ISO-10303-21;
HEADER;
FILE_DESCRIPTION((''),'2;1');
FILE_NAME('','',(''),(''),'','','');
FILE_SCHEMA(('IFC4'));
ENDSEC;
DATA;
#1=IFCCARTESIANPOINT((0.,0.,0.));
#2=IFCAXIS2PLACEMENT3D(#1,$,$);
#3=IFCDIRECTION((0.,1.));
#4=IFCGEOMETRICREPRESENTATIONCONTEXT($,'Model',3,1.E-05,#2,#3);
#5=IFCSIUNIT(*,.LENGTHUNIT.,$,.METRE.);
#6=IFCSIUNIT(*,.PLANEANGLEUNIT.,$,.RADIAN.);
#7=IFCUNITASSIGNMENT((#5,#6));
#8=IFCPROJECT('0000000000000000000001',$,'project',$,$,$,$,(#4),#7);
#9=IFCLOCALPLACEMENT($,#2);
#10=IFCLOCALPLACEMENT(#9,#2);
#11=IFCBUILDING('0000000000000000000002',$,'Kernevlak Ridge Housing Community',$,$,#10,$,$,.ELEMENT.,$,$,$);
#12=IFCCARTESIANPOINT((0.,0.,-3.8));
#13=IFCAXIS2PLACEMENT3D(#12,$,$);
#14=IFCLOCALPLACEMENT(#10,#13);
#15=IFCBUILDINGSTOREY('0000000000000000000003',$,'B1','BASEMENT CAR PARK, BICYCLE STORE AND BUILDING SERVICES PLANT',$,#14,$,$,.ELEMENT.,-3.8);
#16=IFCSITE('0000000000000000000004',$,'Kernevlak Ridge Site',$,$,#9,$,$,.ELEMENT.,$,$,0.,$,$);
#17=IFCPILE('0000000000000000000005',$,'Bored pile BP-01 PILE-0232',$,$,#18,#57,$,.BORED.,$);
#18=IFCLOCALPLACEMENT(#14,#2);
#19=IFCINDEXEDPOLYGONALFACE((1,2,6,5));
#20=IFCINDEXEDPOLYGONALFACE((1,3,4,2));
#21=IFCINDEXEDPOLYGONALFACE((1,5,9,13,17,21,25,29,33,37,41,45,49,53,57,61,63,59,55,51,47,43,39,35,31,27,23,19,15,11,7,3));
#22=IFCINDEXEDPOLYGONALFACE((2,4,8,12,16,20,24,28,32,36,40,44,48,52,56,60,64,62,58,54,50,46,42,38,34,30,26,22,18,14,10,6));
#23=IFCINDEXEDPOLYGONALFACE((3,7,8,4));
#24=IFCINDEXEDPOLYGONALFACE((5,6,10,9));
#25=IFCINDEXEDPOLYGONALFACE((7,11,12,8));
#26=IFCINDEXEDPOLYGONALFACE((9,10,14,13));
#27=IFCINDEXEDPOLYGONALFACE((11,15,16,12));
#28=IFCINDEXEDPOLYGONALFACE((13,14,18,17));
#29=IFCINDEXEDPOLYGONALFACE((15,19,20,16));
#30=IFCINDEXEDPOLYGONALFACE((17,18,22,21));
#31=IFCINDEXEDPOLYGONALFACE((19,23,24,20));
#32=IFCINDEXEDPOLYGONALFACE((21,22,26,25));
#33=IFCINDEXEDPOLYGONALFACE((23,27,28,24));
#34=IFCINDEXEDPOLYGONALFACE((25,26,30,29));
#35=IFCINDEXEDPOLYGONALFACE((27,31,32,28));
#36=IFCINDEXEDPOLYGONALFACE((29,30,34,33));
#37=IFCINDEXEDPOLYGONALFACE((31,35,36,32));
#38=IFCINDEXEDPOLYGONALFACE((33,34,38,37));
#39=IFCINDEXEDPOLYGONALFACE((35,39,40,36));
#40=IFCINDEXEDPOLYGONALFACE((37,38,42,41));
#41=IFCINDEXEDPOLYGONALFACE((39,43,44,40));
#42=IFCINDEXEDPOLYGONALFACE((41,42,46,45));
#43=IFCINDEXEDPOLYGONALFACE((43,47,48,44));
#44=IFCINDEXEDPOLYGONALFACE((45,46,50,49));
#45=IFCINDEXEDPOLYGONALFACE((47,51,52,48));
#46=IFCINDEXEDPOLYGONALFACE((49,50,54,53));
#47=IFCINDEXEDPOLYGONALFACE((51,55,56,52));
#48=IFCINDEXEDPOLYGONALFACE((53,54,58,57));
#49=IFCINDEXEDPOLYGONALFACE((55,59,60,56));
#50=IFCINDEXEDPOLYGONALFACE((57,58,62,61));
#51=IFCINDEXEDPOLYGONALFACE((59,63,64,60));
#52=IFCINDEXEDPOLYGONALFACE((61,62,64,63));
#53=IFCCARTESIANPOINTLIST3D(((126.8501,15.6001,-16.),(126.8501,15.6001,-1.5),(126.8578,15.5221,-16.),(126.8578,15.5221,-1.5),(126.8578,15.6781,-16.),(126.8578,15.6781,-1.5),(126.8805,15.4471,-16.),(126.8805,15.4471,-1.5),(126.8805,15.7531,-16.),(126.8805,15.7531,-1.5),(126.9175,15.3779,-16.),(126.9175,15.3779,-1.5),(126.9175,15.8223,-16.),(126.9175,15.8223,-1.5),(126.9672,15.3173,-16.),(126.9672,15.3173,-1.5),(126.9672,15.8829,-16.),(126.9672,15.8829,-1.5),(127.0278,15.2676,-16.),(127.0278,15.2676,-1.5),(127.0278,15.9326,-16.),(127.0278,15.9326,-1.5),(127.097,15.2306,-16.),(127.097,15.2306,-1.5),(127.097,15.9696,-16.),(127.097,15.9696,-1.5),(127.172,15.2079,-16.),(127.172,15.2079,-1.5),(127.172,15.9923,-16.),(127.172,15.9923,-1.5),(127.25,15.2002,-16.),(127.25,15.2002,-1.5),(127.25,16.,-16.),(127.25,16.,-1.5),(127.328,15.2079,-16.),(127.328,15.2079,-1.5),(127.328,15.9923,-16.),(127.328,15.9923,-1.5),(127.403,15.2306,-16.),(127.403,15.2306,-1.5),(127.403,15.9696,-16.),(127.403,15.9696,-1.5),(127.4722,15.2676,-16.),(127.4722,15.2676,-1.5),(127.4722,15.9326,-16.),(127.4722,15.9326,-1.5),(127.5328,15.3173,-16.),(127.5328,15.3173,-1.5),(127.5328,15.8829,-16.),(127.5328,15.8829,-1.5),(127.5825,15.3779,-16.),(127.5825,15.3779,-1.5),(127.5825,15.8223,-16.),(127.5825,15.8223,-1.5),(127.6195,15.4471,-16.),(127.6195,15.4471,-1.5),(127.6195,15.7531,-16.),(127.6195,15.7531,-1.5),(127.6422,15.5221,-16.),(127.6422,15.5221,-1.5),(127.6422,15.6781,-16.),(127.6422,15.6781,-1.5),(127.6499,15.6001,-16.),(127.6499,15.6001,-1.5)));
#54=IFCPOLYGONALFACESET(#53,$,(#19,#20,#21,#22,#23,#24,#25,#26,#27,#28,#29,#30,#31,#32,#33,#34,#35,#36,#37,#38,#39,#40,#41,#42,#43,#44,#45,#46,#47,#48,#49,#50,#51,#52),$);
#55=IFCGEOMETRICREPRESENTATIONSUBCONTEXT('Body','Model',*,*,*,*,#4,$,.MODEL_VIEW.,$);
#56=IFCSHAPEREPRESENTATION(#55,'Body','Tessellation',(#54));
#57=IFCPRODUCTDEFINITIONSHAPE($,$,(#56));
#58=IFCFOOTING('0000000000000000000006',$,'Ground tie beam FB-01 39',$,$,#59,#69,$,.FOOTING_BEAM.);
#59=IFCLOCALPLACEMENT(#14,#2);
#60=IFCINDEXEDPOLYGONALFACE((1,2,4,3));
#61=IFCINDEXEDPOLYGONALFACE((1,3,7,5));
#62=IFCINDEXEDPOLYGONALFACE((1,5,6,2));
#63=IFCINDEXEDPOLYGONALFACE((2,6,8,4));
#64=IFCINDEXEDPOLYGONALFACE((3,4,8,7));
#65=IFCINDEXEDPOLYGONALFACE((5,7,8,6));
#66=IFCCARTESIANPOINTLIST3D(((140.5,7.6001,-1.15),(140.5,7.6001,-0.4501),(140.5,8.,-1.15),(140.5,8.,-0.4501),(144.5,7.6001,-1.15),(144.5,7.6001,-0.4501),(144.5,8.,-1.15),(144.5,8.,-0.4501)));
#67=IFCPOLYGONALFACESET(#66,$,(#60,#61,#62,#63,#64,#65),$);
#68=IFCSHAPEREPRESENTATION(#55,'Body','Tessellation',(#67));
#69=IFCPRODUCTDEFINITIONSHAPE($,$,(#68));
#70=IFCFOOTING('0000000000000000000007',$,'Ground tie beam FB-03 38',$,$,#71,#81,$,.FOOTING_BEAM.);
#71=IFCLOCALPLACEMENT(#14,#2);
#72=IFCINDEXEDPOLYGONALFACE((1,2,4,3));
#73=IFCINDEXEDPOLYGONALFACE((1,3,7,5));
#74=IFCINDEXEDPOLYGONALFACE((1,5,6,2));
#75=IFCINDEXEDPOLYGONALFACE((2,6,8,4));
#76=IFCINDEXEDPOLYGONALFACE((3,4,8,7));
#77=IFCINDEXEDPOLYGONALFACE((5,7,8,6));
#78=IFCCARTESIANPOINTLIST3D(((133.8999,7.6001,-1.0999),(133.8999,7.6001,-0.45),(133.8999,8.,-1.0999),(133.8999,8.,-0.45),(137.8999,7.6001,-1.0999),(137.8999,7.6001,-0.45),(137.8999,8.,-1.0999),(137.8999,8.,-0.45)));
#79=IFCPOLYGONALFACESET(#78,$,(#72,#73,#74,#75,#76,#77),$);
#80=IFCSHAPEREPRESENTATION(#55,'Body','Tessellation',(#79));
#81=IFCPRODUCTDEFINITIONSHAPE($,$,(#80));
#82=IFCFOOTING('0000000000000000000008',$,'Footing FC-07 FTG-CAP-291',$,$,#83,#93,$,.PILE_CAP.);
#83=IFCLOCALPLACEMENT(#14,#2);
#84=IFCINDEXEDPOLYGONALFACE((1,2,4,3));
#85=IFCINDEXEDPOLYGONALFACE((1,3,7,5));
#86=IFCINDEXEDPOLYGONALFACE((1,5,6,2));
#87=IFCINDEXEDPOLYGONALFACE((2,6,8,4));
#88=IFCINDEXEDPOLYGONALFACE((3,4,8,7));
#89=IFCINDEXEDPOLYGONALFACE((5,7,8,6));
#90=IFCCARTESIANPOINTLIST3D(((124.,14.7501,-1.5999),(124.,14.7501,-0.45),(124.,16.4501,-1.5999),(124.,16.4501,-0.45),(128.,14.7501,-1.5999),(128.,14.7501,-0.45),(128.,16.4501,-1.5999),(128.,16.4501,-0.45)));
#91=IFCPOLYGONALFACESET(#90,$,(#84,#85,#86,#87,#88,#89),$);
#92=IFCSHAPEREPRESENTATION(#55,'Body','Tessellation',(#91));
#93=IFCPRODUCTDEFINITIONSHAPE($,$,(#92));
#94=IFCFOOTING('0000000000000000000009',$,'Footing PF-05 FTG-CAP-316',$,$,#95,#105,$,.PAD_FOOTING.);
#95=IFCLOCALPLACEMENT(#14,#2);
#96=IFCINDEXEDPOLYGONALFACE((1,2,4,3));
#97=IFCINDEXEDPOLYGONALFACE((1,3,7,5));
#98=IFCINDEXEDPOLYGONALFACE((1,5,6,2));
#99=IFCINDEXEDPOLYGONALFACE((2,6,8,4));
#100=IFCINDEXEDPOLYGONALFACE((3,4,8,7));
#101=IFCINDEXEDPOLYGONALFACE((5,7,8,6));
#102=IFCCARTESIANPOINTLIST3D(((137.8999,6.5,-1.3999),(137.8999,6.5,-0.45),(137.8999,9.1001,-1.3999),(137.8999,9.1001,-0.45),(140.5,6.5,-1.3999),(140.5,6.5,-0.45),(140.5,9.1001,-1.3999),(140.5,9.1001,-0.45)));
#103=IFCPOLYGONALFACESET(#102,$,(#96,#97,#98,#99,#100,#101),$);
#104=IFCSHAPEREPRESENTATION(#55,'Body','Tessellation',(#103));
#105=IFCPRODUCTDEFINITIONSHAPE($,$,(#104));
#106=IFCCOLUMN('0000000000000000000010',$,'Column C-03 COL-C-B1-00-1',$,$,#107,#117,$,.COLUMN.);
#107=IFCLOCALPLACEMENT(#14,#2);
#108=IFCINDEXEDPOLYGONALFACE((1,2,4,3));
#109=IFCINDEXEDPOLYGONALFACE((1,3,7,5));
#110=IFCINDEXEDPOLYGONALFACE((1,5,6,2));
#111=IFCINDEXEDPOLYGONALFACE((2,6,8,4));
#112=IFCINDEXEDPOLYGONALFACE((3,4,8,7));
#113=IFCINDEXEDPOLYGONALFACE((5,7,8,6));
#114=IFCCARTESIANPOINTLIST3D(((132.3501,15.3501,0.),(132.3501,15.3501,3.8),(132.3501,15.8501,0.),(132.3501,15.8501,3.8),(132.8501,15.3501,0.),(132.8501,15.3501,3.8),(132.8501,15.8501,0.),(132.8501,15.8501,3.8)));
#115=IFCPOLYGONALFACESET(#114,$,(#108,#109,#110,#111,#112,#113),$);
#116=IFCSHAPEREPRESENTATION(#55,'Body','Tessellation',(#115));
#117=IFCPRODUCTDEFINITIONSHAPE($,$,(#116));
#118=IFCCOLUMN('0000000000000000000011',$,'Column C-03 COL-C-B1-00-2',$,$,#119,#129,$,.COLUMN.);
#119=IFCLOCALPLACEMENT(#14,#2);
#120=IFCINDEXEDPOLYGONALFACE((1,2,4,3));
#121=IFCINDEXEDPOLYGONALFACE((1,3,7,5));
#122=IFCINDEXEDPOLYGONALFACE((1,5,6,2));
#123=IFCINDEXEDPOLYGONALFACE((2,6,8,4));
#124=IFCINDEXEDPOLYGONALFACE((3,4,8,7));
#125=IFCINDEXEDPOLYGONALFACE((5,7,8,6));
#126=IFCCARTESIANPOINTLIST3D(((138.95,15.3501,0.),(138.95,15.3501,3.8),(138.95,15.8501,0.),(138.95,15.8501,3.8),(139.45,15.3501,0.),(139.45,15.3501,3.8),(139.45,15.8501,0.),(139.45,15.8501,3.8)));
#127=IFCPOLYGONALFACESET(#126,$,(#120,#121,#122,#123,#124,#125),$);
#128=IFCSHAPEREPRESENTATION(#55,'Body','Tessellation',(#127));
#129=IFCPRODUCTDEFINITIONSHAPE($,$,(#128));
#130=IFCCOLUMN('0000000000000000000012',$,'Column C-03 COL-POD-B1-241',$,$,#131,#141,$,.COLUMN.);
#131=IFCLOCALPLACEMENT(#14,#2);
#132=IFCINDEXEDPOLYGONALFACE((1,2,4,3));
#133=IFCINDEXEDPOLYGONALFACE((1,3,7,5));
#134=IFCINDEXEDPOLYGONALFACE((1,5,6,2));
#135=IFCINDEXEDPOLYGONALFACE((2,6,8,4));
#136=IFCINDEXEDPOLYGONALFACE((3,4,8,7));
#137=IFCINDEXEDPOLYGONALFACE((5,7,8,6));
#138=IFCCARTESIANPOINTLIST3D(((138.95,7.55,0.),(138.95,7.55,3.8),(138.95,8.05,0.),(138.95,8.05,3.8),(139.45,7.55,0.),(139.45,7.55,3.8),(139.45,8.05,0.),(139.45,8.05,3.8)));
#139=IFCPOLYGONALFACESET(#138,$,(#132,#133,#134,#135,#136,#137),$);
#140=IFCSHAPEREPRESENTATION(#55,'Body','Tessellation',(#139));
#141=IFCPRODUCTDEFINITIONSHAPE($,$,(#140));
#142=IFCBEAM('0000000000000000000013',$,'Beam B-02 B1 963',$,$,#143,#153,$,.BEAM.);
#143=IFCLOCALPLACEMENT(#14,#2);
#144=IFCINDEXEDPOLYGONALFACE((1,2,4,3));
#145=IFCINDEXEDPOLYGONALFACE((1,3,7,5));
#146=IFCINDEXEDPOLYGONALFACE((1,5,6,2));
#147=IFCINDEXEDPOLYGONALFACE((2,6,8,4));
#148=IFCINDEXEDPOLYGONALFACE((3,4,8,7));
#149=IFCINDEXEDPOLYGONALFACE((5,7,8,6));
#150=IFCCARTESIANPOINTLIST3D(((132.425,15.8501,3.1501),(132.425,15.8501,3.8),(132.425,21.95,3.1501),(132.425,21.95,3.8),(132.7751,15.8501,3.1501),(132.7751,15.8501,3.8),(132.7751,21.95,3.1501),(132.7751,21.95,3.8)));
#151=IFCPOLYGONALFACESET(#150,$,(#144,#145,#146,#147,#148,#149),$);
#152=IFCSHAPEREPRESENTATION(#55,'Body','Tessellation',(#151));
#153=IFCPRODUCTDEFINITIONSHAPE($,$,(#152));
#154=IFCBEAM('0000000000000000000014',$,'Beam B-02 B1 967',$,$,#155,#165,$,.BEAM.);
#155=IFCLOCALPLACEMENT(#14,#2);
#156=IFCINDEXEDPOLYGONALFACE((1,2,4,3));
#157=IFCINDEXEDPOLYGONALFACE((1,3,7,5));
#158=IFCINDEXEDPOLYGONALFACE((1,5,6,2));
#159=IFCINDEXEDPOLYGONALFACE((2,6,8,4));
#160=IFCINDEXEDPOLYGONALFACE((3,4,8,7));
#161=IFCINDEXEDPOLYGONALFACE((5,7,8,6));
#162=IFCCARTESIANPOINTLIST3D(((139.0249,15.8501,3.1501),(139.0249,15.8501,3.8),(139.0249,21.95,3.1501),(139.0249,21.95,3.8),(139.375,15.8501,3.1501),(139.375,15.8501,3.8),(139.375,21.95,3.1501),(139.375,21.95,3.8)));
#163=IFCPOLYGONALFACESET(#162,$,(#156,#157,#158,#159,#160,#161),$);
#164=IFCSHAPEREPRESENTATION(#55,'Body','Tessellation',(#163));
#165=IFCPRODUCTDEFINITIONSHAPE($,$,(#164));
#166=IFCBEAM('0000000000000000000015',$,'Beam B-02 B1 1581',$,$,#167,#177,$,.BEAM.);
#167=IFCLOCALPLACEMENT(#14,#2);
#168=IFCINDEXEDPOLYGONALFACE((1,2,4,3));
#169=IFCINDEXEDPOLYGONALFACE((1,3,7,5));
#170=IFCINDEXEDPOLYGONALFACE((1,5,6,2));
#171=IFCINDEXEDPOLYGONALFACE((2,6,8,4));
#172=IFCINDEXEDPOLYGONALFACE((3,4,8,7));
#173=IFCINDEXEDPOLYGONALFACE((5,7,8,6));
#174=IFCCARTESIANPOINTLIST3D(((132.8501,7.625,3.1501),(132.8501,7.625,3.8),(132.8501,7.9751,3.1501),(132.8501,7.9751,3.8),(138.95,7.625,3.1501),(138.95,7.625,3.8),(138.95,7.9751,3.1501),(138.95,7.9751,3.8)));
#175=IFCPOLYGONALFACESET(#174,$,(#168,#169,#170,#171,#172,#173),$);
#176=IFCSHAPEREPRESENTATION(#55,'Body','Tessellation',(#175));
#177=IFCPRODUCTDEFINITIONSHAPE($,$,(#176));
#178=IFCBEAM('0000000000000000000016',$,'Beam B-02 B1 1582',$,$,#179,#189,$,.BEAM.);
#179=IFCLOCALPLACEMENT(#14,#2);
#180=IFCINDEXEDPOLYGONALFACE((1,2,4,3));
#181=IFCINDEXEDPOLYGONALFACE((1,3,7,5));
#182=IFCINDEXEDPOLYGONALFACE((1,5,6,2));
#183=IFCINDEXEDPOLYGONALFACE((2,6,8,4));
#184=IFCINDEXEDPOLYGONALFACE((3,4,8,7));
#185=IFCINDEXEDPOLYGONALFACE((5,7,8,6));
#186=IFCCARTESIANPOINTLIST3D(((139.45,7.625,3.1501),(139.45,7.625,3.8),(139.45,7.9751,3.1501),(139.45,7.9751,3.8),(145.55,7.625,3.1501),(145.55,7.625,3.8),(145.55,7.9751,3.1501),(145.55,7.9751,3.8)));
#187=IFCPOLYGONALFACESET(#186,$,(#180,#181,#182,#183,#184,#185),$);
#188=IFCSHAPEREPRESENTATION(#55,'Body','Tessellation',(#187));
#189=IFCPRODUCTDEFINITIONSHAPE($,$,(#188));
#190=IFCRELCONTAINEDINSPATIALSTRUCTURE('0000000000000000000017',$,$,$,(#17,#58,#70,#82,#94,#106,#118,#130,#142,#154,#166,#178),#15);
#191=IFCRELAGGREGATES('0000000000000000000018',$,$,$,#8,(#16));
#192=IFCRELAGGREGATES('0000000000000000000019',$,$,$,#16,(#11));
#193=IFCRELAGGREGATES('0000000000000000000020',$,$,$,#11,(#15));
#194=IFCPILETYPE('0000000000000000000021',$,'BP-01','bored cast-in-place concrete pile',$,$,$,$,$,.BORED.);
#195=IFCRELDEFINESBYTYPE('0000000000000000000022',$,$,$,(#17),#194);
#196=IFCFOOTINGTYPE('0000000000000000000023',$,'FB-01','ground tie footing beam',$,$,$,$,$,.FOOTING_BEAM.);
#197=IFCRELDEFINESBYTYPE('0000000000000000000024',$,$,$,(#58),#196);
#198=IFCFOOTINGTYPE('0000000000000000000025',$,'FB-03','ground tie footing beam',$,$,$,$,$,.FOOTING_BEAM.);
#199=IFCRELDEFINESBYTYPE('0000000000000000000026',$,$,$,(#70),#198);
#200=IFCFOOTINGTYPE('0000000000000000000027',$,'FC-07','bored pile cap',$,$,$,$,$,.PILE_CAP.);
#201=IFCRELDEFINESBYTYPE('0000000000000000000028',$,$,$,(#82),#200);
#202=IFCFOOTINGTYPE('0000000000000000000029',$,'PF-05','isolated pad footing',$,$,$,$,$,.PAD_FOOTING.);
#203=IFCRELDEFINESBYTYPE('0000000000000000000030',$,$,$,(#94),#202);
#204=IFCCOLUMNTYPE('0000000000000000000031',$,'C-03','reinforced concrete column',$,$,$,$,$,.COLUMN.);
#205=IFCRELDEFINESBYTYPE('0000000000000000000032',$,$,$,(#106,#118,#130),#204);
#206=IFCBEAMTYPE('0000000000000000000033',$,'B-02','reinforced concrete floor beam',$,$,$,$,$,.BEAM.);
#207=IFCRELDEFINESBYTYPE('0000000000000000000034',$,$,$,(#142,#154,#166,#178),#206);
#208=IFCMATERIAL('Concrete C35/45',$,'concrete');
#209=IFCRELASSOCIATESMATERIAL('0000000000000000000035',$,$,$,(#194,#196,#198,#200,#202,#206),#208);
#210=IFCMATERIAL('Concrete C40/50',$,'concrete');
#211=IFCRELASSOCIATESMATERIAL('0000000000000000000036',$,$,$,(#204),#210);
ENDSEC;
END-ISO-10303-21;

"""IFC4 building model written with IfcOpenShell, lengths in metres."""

from ifc_helpers import new_model, si_unit, direction, frame, origin, origin_2d, place, context, subcontext, project, spatial, rectangle, circle, extrude, material, material_profile, profile_set, type_object, element, save


model = new_model("IFC4")

# Units and contexts
model_context = context("Model", 3, precision=1e-05, world=origin(), true_north=direction((0.0, 1.0)))
body_context = subcontext(model_context, "Body", "Model", "MODEL_VIEW")
ifc_project = project(units=[si_unit("LENGTHUNIT", "METRE"), si_unit("PLANEANGLEUNIT", "RADIAN")], contexts=[model_context])

# Site, building, storey
site_placement = place(None, origin())
site = spatial("IfcSite", under=ifc_project, at=site_placement, Name="Kernevlak Ridge Site", CompositionType="ELEMENT", RefElevation=0.0)
building_placement = place(site_placement, origin())
building = spatial("IfcBuilding", under=site, at=building_placement, Name="Kernevlak Ridge Housing Community", CompositionType="ELEMENT")
storey_placement = place(building_placement, frame((0.0, 0.0, -3.8)))
storey = spatial("IfcBuildingStorey", under=building, at=storey_placement, Name="B1", Description="BASEMENT CAR PARK, BICYCLE STORE AND BUILDING SERVICES PLANT", CompositionType="ELEMENT", Elevation=-3.8)

# Pile
ifc_material_1 = material(Name="Concrete C35/45", Category="concrete")
ifc_material_profile_1 = material_profile(ifc_material_1, circle(Radius=0.3999, at=origin_2d()), Name="BORED PILE 800")
ifc_profile_set_1 = profile_set([ifc_material_profile_1], Name="Concrete C35/45")
pile_type = type_object("IfcPileType", Name="BP-01", Description="bored cast-in-place concrete pile", PredefinedType="BORED", material=ifc_profile_set_1)
pile_placement = place(storey_placement, frame((127.25, 15.6001, -1.5), z_axis=(0.0, 0.0, -1.0), x_axis=(1.0, 0.0, 0.0)))
element("IfcPile", 1, at=pile_placement, inside=storey, type_object=pile_type, Name="Bored pile BP-01 PILE-0232", PredefinedType="BORED", context=body_context, shape_type="SweptSolid", body=[
    extrude(circle(Radius=0.3999, at=origin_2d()), origin(), (0.0, 0.0, 1.0), 14.5),
])

# Footings
ifc_material_profile_2 = material_profile(ifc_material_1, rectangle(XDim=0.3999, YDim=0.7, at=origin_2d()), Name="RC 400x700")
ifc_profile_set_2 = profile_set([ifc_material_profile_2], Name="Concrete C35/45")
footing_type_1 = type_object("IfcFootingType", Name="FB-01", Description="ground tie footing beam", PredefinedType="FOOTING_BEAM", material=ifc_profile_set_2)
footing_1_placement = place(storey_placement, frame((140.5, 7.8, -0.8), z_axis=(1.0, 0.0, 0.0), x_axis=(0.0, 1.0, 0.0)))
element("IfcFooting", 2, at=footing_1_placement, inside=storey, type_object=footing_type_1, Name="Ground tie beam FB-01 39", PredefinedType="FOOTING_BEAM", context=body_context, shape_type="SweptSolid", body=[
    extrude(rectangle(XDim=0.3999, YDim=0.7, at=origin_2d()), origin(), (0.0, 0.0, 1.0), 4.0),
])
ifc_material_profile_3 = material_profile(ifc_material_1, rectangle(XDim=0.3999, YDim=0.6499, at=origin_2d()), Name="RC 400x650")
ifc_profile_set_3 = profile_set([ifc_material_profile_3], Name="Concrete C35/45")
footing_type_2 = type_object("IfcFootingType", Name="FB-03", Description="ground tie footing beam", PredefinedType="FOOTING_BEAM", material=ifc_profile_set_3)
footing_2_placement = place(storey_placement, frame((133.8999, 7.8, -0.7749), z_axis=(1.0, 0.0, 0.0), x_axis=(0.0, 1.0, 0.0)))
element("IfcFooting", 3, at=footing_2_placement, inside=storey, type_object=footing_type_2, Name="Ground tie beam FB-03 38", PredefinedType="FOOTING_BEAM", context=body_context, shape_type="SweptSolid", body=[
    extrude(rectangle(XDim=0.3999, YDim=0.6499, at=origin_2d()), origin(), (0.0, 0.0, 1.0), 4.0),
])
footing_type_3 = type_object("IfcFootingType", Name="FC-07", Description="bored pile cap", PredefinedType="PILE_CAP", material=ifc_material_1)
footing_3_placement = place(storey_placement, frame((126.0, 15.6001, -1.5999), z_axis=(0.0, 0.0, 1.0), x_axis=(1.0, 0.0, 0.0)))
element("IfcFooting", 4, at=footing_3_placement, inside=storey, type_object=footing_type_3, Name="Footing FC-07 FTG-CAP-291", PredefinedType="PILE_CAP", context=body_context, shape_type="SweptSolid", body=[
    extrude(rectangle(XDim=4.0, YDim=1.7, at=origin_2d()), origin(), (0.0, 0.0, 1.0), 1.1499),
])
footing_type_4 = type_object("IfcFootingType", Name="PF-05", Description="isolated pad footing", PredefinedType="PAD_FOOTING", material=ifc_material_1)
footing_4_placement = place(storey_placement, frame((139.2, 7.8, -1.3999), z_axis=(0.0, 0.0, 1.0), x_axis=(1.0, 0.0, 0.0)))
element("IfcFooting", 5, at=footing_4_placement, inside=storey, type_object=footing_type_4, Name="Footing PF-05 FTG-CAP-316", PredefinedType="PAD_FOOTING", context=body_context, shape_type="SweptSolid", body=[
    extrude(rectangle(XDim=2.6001, YDim=2.6001, at=origin_2d()), origin(), (0.0, 0.0, 1.0), 0.95),
])

# Columns
ifc_material_2 = material(Name="Concrete C40/50", Category="concrete")
ifc_material_profile_4 = material_profile(ifc_material_2, rectangle(XDim=0.5, YDim=0.5, at=origin_2d()), Name="RC 500x500")
ifc_profile_set_4 = profile_set([ifc_material_profile_4], Name="Concrete C40/50")
column_type = type_object("IfcColumnType", Name="C-03", Description="reinforced concrete column", PredefinedType="COLUMN", material=ifc_profile_set_4)
for number, where, z_axis, x_axis, name in (
    (6, (132.6001, 15.6001, 0.0), (0.0, 0.0, 1.0), (1.0, 0.0, 0.0), "Column C-03 COL-C-B1-00-1"),
    (7, (139.2, 15.6001, 0.0), (0.0, 0.0, 1.0), (1.0, 0.0, 0.0), "Column C-03 COL-C-B1-00-2"),
    (8, (139.2, 7.8, 0.0), (0.0, 0.0, 1.0), (1.0, 0.0, 0.0), "Column C-03 COL-POD-B1-241"),
):
    element("IfcColumn", number, at=place(storey_placement, frame(where, z_axis=z_axis, x_axis=x_axis)), inside=storey, type_object=column_type, Name=name, PredefinedType="COLUMN", context=body_context, shape_type="SweptSolid", body=[
        extrude(rectangle(XDim=0.5, YDim=0.5, at=origin_2d()), origin(), (0.0, 0.0, 1.0), 3.8),
    ])

# Beams
ifc_material_profile_5 = material_profile(ifc_material_1, rectangle(XDim=0.3501, YDim=0.6499, at=origin_2d()), Name="RC 350x650")
ifc_profile_set_5 = profile_set([ifc_material_profile_5], Name="Concrete C35/45")
beam_type_1 = type_object("IfcBeamType", Name="B-02", Description="reinforced concrete floor beam", PredefinedType="BEAM", material=ifc_profile_set_5)
for number, where, z_axis, x_axis, name in (
    (9, (132.6001, 15.8501, 3.4751), (0.0, 1.0, 0.0), (-1.0, 0.0, 0.0), "Beam B-02 B1 963"),
    (10, (139.2, 15.8501, 3.4751), (0.0, 1.0, 0.0), (-1.0, 0.0, 0.0), "Beam B-02 B1 967"),
    (11, (132.8501, 7.8, 3.4751), (1.0, 0.0, 0.0), (0.0, 1.0, 0.0), "Beam B-02 B1 1581"),
):
    element("IfcBeam", number, at=place(storey_placement, frame(where, z_axis=z_axis, x_axis=x_axis)), inside=storey, type_object=beam_type_1, Name=name, PredefinedType="BEAM", context=body_context, shape_type="SweptSolid", body=[
        extrude(rectangle(XDim=0.3501, YDim=0.6499, at=origin_2d()), origin(), (0.0, 0.0, 1.0), 6.0999),
    ])
beam_1_placement = place(storey_placement, frame((139.45, 7.8, 3.4751), z_axis=(1.0, 0.0, 0.0), x_axis=(0.0, 1.0, 0.0)))
element("IfcBeam", 12, at=beam_1_placement, inside=storey, type_object=beam_type_1, Name="Beam B-02 B1 1582", PredefinedType="BEAM", context=body_context, shape_type="SweptSolid", body=[
    extrude(rectangle(XDim=0.3501, YDim=0.6499, at=origin_2d()), origin(), (0.0, 0.0, 1.0), 6.1001),
])

save(model, "model.ifc")
